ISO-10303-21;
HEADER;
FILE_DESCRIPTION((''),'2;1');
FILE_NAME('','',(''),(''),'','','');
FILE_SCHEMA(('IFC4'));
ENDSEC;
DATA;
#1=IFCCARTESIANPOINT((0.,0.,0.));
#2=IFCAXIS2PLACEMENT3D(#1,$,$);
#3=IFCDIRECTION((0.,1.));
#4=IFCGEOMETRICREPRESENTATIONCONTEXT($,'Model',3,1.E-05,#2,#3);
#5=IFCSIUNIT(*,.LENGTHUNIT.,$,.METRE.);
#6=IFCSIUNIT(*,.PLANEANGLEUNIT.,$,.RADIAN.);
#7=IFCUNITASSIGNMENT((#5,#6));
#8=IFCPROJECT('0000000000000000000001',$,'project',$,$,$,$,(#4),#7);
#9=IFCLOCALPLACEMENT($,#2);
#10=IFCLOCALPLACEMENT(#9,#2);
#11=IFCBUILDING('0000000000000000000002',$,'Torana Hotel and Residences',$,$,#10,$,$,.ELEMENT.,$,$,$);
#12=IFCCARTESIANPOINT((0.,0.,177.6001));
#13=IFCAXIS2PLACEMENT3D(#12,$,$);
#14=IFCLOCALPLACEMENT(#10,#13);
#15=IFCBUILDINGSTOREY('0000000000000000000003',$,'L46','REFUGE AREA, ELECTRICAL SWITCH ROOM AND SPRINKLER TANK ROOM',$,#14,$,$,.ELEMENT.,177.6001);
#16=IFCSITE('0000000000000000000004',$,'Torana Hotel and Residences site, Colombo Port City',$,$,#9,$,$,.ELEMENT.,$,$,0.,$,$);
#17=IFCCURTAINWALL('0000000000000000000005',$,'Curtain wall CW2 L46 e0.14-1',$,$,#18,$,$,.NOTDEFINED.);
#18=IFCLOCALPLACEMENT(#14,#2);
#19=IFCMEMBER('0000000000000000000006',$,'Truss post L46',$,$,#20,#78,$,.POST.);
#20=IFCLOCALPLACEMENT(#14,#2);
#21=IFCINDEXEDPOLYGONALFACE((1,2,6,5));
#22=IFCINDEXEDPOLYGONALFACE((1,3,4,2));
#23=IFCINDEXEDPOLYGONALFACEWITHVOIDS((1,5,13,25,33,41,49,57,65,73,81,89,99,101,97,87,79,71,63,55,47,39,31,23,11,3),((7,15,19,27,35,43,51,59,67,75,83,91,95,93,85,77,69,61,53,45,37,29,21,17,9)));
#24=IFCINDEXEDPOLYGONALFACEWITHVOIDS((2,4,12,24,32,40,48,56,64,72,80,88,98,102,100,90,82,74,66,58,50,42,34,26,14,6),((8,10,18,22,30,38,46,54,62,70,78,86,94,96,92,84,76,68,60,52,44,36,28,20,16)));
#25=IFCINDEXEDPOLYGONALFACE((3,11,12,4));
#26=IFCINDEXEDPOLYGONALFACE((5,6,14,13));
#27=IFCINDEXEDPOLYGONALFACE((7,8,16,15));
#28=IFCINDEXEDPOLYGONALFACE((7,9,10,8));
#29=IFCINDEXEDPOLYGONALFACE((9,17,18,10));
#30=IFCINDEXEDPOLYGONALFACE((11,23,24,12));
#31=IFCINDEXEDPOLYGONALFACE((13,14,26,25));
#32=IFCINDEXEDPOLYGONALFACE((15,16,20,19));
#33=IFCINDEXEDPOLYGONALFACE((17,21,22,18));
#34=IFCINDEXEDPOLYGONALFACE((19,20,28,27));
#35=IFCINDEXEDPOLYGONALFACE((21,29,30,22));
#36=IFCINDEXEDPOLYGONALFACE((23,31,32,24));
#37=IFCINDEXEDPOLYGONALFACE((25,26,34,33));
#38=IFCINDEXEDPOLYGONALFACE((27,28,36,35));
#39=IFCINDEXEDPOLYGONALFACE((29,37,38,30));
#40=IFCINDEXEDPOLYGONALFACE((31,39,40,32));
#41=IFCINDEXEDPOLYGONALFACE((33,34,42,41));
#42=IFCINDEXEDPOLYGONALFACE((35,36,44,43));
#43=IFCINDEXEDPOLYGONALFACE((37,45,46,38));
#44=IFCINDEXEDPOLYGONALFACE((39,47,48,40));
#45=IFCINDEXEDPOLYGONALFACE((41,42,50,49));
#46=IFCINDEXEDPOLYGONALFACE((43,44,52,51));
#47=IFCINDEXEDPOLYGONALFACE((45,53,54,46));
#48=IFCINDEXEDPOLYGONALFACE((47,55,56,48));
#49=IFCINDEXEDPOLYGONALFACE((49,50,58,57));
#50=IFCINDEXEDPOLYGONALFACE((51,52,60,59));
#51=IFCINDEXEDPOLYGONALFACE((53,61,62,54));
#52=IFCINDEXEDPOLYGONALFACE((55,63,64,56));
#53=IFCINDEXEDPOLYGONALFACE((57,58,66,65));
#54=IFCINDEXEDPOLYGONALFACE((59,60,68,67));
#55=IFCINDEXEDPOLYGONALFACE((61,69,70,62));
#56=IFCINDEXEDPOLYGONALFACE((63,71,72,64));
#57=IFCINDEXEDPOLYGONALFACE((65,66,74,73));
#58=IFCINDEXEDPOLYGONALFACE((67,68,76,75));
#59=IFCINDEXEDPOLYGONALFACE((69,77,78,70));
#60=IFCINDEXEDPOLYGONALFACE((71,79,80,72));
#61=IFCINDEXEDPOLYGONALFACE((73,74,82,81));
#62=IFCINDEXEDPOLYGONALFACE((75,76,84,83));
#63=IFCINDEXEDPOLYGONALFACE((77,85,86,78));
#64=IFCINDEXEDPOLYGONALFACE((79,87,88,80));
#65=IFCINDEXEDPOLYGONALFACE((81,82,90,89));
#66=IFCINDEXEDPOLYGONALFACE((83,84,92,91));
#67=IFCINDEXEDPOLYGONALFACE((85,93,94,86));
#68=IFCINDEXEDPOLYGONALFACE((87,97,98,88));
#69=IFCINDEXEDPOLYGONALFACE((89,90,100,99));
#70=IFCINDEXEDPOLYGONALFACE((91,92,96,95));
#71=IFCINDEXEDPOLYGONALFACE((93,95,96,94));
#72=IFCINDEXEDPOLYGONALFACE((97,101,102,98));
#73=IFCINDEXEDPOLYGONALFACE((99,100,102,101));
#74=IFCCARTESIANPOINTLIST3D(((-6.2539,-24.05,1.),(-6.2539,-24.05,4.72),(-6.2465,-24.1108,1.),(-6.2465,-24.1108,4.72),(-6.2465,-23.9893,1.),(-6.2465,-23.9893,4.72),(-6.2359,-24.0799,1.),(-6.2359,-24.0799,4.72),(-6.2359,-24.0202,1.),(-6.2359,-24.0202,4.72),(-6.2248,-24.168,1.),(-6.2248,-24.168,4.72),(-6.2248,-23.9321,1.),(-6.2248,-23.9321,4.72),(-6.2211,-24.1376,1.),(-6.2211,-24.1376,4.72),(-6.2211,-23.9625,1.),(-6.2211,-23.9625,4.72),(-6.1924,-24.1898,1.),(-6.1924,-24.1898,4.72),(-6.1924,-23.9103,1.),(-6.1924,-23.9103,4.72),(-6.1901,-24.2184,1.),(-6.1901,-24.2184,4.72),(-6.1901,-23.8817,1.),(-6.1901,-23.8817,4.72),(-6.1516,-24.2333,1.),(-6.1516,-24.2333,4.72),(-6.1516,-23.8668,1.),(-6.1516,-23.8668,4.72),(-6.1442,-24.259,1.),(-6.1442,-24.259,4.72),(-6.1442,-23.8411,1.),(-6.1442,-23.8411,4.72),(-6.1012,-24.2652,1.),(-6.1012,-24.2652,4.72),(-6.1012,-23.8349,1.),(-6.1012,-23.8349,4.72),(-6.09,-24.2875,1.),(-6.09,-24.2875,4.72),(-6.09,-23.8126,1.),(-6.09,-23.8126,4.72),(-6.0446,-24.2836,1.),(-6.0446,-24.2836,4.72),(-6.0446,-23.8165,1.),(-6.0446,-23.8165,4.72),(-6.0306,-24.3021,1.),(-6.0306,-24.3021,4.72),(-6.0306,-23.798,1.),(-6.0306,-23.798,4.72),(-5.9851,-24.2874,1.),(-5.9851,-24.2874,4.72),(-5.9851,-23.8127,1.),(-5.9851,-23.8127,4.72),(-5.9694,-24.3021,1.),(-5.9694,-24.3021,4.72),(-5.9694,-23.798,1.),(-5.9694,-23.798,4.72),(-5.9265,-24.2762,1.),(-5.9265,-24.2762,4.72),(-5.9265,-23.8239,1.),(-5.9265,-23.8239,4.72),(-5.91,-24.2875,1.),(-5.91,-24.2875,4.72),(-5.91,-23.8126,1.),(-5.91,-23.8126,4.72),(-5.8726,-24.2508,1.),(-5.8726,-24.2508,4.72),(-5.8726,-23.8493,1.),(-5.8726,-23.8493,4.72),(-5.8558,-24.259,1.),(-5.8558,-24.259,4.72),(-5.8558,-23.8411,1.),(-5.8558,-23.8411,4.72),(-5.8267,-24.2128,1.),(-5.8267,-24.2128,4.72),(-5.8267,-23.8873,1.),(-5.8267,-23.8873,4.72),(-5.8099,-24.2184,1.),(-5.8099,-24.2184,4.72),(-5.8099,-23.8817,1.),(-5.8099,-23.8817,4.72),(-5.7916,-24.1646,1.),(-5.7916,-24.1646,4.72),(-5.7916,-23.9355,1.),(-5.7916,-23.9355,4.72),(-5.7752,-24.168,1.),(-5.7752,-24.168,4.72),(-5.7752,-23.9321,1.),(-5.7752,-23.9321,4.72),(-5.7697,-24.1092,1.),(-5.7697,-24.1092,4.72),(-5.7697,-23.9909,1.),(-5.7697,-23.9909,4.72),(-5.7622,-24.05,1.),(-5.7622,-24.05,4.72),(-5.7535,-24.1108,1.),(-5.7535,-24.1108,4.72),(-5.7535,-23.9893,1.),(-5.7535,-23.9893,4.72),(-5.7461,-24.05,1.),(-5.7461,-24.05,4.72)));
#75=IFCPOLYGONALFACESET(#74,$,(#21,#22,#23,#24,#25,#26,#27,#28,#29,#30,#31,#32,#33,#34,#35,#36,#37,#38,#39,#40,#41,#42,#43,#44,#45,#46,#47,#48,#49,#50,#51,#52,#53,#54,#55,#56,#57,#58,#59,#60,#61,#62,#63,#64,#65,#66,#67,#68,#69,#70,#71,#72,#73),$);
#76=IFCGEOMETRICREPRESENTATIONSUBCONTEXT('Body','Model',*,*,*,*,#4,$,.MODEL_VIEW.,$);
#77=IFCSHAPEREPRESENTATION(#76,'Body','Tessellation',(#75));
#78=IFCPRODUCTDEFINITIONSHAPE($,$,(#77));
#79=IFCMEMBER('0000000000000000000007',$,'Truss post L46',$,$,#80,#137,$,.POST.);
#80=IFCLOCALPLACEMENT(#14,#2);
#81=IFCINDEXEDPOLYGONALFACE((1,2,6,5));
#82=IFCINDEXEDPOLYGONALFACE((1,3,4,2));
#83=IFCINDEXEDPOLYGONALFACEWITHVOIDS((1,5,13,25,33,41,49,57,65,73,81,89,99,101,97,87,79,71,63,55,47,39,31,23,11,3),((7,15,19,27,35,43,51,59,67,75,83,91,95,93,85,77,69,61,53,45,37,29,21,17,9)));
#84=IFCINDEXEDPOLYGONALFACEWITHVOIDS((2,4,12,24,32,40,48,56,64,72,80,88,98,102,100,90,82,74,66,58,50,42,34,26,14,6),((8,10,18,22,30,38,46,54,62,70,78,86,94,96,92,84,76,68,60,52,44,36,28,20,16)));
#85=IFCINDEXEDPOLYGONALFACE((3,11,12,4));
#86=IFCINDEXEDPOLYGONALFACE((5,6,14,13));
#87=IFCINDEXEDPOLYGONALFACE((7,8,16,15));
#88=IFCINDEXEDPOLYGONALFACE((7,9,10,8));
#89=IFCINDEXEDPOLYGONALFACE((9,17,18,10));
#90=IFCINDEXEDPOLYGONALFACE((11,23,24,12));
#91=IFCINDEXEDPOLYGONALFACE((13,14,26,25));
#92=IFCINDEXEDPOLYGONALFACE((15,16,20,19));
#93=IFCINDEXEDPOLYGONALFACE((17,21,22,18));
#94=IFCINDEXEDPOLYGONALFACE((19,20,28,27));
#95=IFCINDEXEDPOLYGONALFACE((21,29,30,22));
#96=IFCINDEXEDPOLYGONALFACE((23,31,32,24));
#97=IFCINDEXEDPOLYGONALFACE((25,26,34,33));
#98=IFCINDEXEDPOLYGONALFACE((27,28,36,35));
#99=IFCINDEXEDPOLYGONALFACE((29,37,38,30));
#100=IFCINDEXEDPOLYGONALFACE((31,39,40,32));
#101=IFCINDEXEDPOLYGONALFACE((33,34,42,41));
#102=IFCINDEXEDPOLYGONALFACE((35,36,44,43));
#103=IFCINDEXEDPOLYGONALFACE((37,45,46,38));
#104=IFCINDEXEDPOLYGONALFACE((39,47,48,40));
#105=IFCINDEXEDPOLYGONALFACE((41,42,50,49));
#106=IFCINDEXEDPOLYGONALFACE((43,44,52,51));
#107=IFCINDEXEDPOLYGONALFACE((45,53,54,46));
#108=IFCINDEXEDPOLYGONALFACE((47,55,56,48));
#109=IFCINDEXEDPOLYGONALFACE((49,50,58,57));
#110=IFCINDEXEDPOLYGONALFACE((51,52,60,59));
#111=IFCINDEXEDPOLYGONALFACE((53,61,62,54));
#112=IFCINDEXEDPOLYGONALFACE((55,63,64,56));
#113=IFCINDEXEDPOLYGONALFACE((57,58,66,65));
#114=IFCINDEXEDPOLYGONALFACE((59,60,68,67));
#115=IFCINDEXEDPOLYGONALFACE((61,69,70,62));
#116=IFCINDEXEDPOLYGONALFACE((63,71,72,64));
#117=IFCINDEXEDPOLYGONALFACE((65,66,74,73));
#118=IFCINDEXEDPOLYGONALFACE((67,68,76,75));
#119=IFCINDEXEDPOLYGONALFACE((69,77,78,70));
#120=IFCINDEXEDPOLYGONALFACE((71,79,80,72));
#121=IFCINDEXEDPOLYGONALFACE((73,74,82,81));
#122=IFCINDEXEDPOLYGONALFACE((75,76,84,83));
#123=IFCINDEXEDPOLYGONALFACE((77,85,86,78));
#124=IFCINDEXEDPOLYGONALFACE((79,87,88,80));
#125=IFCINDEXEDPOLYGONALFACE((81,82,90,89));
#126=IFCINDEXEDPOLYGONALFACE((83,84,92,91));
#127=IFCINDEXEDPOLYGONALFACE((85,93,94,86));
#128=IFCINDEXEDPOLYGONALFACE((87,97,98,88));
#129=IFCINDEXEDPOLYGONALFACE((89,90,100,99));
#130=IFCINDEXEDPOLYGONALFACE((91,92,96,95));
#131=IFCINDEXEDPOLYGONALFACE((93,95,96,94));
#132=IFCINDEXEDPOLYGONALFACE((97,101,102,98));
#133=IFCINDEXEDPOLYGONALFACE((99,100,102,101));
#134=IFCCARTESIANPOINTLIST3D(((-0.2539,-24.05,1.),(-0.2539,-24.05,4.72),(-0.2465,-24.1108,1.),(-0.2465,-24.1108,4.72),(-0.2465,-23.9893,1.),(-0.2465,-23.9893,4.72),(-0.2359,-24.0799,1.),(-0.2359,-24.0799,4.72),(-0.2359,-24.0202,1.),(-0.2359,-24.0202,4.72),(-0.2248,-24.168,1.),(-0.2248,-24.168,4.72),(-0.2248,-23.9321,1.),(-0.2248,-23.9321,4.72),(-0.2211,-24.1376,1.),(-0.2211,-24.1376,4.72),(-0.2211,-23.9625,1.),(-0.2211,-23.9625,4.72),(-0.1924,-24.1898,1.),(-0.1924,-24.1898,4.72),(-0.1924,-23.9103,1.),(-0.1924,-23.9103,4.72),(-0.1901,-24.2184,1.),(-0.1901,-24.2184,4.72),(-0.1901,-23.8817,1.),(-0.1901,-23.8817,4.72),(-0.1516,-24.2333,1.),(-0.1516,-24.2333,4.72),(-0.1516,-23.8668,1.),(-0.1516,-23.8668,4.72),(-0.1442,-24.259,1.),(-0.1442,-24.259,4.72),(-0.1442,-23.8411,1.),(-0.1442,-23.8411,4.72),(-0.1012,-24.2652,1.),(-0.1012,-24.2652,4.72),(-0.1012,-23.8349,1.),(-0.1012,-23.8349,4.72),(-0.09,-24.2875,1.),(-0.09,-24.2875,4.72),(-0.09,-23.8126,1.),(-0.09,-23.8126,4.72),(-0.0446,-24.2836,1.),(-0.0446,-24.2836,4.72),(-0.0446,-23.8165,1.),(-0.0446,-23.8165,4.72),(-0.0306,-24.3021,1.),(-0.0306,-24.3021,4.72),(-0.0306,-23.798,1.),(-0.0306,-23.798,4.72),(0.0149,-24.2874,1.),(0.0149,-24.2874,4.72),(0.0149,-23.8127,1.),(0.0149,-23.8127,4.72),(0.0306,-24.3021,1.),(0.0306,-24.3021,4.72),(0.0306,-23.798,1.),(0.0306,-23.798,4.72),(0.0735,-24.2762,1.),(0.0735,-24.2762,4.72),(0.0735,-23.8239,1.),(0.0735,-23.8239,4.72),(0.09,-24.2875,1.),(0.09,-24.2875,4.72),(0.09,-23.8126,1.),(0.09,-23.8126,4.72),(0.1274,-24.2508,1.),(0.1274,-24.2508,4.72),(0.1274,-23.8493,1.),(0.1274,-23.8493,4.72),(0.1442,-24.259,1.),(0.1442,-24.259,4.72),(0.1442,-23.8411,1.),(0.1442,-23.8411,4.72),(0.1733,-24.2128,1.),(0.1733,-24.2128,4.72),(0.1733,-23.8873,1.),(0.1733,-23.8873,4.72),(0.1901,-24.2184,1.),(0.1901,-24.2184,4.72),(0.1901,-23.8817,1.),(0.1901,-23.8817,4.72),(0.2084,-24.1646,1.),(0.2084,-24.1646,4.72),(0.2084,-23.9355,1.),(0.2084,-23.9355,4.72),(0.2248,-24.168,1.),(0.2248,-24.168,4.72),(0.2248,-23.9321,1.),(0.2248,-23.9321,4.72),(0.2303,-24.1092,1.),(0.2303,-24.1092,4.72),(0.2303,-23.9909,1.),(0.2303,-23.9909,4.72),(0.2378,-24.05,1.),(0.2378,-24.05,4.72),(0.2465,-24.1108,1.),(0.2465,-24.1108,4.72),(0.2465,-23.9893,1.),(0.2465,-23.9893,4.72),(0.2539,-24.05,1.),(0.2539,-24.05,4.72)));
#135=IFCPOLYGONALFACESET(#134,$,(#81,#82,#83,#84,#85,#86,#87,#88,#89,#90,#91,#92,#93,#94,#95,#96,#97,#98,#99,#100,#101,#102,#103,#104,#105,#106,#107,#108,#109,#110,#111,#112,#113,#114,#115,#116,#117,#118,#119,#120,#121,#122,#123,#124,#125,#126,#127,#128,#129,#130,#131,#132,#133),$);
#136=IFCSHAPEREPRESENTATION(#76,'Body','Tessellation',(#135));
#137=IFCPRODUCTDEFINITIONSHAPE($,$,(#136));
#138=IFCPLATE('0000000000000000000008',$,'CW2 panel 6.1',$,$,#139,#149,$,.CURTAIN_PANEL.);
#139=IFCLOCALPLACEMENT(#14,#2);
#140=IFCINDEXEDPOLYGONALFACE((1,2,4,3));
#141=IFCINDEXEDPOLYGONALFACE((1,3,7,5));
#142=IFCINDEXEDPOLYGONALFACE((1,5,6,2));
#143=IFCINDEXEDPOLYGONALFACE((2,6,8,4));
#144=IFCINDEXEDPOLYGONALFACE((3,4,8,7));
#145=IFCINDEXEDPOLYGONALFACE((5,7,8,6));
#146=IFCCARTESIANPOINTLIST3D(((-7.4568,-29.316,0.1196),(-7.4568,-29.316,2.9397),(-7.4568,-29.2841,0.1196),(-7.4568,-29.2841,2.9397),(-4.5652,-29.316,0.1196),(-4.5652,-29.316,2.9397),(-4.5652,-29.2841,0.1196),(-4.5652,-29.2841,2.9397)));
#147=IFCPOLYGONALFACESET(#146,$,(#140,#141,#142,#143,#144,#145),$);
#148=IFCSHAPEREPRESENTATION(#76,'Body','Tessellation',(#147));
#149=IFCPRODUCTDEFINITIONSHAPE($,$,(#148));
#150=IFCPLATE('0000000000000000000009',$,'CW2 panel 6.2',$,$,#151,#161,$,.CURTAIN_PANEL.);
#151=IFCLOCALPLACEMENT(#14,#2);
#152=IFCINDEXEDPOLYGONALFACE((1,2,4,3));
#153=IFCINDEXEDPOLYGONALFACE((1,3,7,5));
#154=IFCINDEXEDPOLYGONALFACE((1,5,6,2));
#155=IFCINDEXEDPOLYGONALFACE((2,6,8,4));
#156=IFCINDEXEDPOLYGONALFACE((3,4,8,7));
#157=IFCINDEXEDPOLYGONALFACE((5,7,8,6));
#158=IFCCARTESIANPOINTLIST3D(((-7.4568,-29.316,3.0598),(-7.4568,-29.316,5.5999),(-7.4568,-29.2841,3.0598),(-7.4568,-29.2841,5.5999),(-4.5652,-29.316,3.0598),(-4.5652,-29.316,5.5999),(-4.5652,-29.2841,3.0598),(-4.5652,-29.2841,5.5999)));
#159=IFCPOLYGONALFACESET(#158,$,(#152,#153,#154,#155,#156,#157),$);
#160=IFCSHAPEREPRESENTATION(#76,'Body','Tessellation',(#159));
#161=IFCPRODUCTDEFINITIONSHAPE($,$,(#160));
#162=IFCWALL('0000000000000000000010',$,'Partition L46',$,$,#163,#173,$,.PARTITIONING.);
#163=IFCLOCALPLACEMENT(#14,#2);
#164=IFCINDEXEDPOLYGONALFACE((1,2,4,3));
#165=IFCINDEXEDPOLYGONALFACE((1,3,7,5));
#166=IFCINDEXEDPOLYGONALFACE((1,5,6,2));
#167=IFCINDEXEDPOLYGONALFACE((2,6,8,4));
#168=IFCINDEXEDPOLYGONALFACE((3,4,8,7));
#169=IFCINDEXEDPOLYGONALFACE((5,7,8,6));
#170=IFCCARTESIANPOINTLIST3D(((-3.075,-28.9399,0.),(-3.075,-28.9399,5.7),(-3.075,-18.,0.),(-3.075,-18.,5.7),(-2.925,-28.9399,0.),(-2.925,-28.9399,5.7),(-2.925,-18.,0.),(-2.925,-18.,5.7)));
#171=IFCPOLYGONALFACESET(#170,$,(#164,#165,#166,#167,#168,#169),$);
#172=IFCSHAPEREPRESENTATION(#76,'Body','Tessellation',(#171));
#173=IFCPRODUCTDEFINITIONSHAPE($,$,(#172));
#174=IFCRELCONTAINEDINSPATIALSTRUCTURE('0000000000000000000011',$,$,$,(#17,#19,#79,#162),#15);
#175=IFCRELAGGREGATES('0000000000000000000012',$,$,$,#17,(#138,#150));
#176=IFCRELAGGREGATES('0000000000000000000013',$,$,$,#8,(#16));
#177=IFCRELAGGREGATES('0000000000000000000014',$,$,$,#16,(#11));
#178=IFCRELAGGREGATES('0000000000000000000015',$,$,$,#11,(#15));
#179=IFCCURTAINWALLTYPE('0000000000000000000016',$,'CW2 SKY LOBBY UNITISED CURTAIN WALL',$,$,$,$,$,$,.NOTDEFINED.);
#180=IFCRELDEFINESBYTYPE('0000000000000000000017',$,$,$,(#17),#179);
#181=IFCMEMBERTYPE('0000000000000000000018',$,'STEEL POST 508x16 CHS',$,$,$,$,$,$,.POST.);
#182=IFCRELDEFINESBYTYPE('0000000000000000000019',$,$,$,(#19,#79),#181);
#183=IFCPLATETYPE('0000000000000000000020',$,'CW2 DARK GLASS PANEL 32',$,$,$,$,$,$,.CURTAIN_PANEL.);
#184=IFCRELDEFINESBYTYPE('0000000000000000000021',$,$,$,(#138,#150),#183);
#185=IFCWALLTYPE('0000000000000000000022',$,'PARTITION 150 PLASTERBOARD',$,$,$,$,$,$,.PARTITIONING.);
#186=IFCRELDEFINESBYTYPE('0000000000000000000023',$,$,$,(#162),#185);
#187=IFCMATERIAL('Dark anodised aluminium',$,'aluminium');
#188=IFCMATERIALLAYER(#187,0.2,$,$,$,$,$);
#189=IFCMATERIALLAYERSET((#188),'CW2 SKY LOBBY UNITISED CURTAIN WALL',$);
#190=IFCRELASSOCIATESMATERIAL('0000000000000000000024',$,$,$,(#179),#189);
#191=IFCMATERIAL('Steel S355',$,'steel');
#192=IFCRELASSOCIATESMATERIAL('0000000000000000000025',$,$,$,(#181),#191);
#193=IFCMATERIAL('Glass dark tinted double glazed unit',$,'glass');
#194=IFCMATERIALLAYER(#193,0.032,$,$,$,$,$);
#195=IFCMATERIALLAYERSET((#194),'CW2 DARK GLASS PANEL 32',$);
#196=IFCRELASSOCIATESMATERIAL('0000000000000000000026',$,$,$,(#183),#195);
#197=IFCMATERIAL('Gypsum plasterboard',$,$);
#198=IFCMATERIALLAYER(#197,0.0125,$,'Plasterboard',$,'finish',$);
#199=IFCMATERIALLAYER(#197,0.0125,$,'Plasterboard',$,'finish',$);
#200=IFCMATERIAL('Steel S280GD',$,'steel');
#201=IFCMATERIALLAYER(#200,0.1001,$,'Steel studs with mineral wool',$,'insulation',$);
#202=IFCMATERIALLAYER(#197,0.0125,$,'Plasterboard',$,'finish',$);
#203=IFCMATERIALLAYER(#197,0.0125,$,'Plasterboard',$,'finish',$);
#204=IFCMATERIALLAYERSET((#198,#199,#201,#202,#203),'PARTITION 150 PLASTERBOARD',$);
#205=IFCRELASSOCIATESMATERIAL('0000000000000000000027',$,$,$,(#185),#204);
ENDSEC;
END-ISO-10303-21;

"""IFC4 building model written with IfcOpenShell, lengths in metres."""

from ifc_helpers import new_model, si_unit, direction, frame, frame_2d, origin, origin_2d, place, context, subcontext, project, spatial, rectangle, hollow_circle, extrude, material, layer, layer_set, material_profile, profile_set, type_object, element, aggregate, save


model = new_model("IFC4")

# Units and contexts
model_context = context("Model", 3, precision=1e-05, world=origin(), true_north=direction((0.0, 1.0)))
body_context = subcontext(model_context, "Body", "Model", "MODEL_VIEW")
ifc_project = project(units=[si_unit("LENGTHUNIT", "METRE"), si_unit("PLANEANGLEUNIT", "RADIAN")], contexts=[model_context])

# Site, building, storey
site_placement = place(None, origin())
site = spatial("IfcSite", under=ifc_project, at=site_placement, Name="Torana Hotel and Residences site, Colombo Port City", CompositionType="ELEMENT", RefElevation=0.0)
building_placement = place(site_placement, origin())
building = spatial("IfcBuilding", under=site, at=building_placement, Name="Torana Hotel and Residences", CompositionType="ELEMENT")
storey_placement = place(building_placement, frame((0.0, 0.0, 177.6001)))
storey = spatial("IfcBuildingStorey", under=building, at=storey_placement, Name="L46", Description="REFUGE AREA, ELECTRICAL SWITCH ROOM AND SPRINKLER TANK ROOM", CompositionType="ELEMENT", Elevation=177.6001)

# Curtain wall
ifc_material_1 = material(Name="Dark anodised aluminium", Category="aluminium")
ifc_layer_1 = layer(ifc_material_1, 0.2)
ifc_layer_set_1 = layer_set([ifc_layer_1], Name="CW2 SKY LOBBY UNITISED CURTAIN WALL")
curtain_wall_type = type_object("IfcCurtainWallType", Name="CW2 SKY LOBBY UNITISED CURTAIN WALL", PredefinedType="NOTDEFINED", material=ifc_layer_set_1)
curtain_wall_1_placement = place(storey_placement, origin())
curtain_wall_1 = element("IfcCurtainWall", 1, at=curtain_wall_1_placement, inside=storey, type_object=curtain_wall_type, Name="Curtain wall CW2 L46 e0.14-1", PredefinedType="NOTDEFINED")

# Members
ifc_material_2 = material(Name="Steel S355", Category="steel")
ifc_material_profile_1 = material_profile(ifc_material_2, hollow_circle(Radius=0.2539, WallThickness=0.0161, at=origin_2d()), Name="508x16 CHS")
ifc_profile_set_1 = profile_set([ifc_material_profile_1], Name="Steel S355")
member_type_1 = type_object("IfcMemberType", Name="STEEL POST 508x16 CHS", PredefinedType="POST", material=ifc_profile_set_1)
for number, where, z_axis, x_axis, name in (
    (2, (-6.0, -24.05, 1.0), (0.0, 0.0, 1.0), (1.0, 0.0, 0.0), "Truss post L46"),
    (3, (0.0, -24.05, 1.0), (0.0, 0.0, 1.0), (1.0, 0.0, 0.0), "Truss post L46"),
):
    element("IfcMember", number, at=place(storey_placement, frame(where, z_axis=z_axis, x_axis=x_axis)), inside=storey, type_object=member_type_1, Name=name, PredefinedType="POST", context=body_context, shape_type="SweptSolid", body=[
        extrude(hollow_circle(Radius=0.2539, WallThickness=0.0161, at=origin_2d()), origin(), (0.0, 0.0, 1.0), 3.72),
    ])

# Plates
ifc_material_3 = material(Name="Glass dark tinted double glazed unit", Category="glass")
ifc_layer_2 = layer(ifc_material_3, 0.032)
ifc_layer_set_2 = layer_set([ifc_layer_2], Name="CW2 DARK GLASS PANEL 32")
plate_type = type_object("IfcPlateType", Name="CW2 DARK GLASS PANEL 32", PredefinedType="CURTAIN_PANEL", material=ifc_layer_set_2)
plate_1_placement = place(storey_placement, frame((-6.011, -29.3, 0.1196), z_axis=(0.0, 0.0, 1.0), x_axis=(1.0, 0.0, 0.0)))
plate_1 = element("IfcPlate", 4, at=plate_1_placement, type_object=plate_type, Name="CW2 panel 6.1", PredefinedType="CURTAIN_PANEL", context=body_context, shape_type="SweptSolid", body=[
    extrude(rectangle(XDim=2.8916, YDim=0.032, at=origin_2d()), origin(), (0.0, 0.0, 1.0), 2.8201),
])
plate_2_placement = place(storey_placement, frame((-6.011, -29.3, 3.0598), z_axis=(0.0, 0.0, 1.0), x_axis=(1.0, 0.0, 0.0)))
plate_2 = element("IfcPlate", 5, at=plate_2_placement, type_object=plate_type, Name="CW2 panel 6.2", PredefinedType="CURTAIN_PANEL", context=body_context, shape_type="SweptSolid", body=[
    extrude(rectangle(XDim=2.8916, YDim=0.032, at=origin_2d()), origin(), (0.0, 0.0, 1.0), 2.54),
])
aggregate(curtain_wall_1, [plate_1, plate_2])

# Wall
ifc_material_4 = material(Name="Gypsum plasterboard")
ifc_layer_3 = layer(ifc_material_4, 0.0125, Name="Plasterboard", Category="finish")
ifc_layer_4 = layer(ifc_material_4, 0.0125, Name="Plasterboard", Category="finish")
ifc_material_5 = material(Name="Steel S280GD", Category="steel")
ifc_layer_5 = layer(ifc_material_5, 0.1001, Name="Steel studs with mineral wool", Category="insulation")
ifc_layer_6 = layer(ifc_material_4, 0.0125, Name="Plasterboard", Category="finish")
ifc_layer_7 = layer(ifc_material_4, 0.0125, Name="Plasterboard", Category="finish")
ifc_layer_set_3 = layer_set([ifc_layer_3, ifc_layer_4, ifc_layer_5, ifc_layer_6, ifc_layer_7], Name="PARTITION 150 PLASTERBOARD")
wall_type_1 = type_object("IfcWallType", Name="PARTITION 150 PLASTERBOARD", PredefinedType="PARTITIONING", material=ifc_layer_set_3)
wall_1_placement = place(storey_placement, frame((-3.0, -28.9399, 0.0), z_axis=(0.0, 0.0, 1.0), x_axis=(0.0, 1.0, 0.0)))
element("IfcWall", 6, at=wall_1_placement, inside=storey, type_object=wall_type_1, Name="Partition L46", PredefinedType="PARTITIONING", context=body_context, shape_type="SweptSolid", body=[
    extrude(rectangle(XDim=10.9399, YDim=0.1499, at=frame_2d((5.47, 0.0))), origin(), (0.0, 0.0, 1.0), 5.7),
])

save(model, "model.ifc")
